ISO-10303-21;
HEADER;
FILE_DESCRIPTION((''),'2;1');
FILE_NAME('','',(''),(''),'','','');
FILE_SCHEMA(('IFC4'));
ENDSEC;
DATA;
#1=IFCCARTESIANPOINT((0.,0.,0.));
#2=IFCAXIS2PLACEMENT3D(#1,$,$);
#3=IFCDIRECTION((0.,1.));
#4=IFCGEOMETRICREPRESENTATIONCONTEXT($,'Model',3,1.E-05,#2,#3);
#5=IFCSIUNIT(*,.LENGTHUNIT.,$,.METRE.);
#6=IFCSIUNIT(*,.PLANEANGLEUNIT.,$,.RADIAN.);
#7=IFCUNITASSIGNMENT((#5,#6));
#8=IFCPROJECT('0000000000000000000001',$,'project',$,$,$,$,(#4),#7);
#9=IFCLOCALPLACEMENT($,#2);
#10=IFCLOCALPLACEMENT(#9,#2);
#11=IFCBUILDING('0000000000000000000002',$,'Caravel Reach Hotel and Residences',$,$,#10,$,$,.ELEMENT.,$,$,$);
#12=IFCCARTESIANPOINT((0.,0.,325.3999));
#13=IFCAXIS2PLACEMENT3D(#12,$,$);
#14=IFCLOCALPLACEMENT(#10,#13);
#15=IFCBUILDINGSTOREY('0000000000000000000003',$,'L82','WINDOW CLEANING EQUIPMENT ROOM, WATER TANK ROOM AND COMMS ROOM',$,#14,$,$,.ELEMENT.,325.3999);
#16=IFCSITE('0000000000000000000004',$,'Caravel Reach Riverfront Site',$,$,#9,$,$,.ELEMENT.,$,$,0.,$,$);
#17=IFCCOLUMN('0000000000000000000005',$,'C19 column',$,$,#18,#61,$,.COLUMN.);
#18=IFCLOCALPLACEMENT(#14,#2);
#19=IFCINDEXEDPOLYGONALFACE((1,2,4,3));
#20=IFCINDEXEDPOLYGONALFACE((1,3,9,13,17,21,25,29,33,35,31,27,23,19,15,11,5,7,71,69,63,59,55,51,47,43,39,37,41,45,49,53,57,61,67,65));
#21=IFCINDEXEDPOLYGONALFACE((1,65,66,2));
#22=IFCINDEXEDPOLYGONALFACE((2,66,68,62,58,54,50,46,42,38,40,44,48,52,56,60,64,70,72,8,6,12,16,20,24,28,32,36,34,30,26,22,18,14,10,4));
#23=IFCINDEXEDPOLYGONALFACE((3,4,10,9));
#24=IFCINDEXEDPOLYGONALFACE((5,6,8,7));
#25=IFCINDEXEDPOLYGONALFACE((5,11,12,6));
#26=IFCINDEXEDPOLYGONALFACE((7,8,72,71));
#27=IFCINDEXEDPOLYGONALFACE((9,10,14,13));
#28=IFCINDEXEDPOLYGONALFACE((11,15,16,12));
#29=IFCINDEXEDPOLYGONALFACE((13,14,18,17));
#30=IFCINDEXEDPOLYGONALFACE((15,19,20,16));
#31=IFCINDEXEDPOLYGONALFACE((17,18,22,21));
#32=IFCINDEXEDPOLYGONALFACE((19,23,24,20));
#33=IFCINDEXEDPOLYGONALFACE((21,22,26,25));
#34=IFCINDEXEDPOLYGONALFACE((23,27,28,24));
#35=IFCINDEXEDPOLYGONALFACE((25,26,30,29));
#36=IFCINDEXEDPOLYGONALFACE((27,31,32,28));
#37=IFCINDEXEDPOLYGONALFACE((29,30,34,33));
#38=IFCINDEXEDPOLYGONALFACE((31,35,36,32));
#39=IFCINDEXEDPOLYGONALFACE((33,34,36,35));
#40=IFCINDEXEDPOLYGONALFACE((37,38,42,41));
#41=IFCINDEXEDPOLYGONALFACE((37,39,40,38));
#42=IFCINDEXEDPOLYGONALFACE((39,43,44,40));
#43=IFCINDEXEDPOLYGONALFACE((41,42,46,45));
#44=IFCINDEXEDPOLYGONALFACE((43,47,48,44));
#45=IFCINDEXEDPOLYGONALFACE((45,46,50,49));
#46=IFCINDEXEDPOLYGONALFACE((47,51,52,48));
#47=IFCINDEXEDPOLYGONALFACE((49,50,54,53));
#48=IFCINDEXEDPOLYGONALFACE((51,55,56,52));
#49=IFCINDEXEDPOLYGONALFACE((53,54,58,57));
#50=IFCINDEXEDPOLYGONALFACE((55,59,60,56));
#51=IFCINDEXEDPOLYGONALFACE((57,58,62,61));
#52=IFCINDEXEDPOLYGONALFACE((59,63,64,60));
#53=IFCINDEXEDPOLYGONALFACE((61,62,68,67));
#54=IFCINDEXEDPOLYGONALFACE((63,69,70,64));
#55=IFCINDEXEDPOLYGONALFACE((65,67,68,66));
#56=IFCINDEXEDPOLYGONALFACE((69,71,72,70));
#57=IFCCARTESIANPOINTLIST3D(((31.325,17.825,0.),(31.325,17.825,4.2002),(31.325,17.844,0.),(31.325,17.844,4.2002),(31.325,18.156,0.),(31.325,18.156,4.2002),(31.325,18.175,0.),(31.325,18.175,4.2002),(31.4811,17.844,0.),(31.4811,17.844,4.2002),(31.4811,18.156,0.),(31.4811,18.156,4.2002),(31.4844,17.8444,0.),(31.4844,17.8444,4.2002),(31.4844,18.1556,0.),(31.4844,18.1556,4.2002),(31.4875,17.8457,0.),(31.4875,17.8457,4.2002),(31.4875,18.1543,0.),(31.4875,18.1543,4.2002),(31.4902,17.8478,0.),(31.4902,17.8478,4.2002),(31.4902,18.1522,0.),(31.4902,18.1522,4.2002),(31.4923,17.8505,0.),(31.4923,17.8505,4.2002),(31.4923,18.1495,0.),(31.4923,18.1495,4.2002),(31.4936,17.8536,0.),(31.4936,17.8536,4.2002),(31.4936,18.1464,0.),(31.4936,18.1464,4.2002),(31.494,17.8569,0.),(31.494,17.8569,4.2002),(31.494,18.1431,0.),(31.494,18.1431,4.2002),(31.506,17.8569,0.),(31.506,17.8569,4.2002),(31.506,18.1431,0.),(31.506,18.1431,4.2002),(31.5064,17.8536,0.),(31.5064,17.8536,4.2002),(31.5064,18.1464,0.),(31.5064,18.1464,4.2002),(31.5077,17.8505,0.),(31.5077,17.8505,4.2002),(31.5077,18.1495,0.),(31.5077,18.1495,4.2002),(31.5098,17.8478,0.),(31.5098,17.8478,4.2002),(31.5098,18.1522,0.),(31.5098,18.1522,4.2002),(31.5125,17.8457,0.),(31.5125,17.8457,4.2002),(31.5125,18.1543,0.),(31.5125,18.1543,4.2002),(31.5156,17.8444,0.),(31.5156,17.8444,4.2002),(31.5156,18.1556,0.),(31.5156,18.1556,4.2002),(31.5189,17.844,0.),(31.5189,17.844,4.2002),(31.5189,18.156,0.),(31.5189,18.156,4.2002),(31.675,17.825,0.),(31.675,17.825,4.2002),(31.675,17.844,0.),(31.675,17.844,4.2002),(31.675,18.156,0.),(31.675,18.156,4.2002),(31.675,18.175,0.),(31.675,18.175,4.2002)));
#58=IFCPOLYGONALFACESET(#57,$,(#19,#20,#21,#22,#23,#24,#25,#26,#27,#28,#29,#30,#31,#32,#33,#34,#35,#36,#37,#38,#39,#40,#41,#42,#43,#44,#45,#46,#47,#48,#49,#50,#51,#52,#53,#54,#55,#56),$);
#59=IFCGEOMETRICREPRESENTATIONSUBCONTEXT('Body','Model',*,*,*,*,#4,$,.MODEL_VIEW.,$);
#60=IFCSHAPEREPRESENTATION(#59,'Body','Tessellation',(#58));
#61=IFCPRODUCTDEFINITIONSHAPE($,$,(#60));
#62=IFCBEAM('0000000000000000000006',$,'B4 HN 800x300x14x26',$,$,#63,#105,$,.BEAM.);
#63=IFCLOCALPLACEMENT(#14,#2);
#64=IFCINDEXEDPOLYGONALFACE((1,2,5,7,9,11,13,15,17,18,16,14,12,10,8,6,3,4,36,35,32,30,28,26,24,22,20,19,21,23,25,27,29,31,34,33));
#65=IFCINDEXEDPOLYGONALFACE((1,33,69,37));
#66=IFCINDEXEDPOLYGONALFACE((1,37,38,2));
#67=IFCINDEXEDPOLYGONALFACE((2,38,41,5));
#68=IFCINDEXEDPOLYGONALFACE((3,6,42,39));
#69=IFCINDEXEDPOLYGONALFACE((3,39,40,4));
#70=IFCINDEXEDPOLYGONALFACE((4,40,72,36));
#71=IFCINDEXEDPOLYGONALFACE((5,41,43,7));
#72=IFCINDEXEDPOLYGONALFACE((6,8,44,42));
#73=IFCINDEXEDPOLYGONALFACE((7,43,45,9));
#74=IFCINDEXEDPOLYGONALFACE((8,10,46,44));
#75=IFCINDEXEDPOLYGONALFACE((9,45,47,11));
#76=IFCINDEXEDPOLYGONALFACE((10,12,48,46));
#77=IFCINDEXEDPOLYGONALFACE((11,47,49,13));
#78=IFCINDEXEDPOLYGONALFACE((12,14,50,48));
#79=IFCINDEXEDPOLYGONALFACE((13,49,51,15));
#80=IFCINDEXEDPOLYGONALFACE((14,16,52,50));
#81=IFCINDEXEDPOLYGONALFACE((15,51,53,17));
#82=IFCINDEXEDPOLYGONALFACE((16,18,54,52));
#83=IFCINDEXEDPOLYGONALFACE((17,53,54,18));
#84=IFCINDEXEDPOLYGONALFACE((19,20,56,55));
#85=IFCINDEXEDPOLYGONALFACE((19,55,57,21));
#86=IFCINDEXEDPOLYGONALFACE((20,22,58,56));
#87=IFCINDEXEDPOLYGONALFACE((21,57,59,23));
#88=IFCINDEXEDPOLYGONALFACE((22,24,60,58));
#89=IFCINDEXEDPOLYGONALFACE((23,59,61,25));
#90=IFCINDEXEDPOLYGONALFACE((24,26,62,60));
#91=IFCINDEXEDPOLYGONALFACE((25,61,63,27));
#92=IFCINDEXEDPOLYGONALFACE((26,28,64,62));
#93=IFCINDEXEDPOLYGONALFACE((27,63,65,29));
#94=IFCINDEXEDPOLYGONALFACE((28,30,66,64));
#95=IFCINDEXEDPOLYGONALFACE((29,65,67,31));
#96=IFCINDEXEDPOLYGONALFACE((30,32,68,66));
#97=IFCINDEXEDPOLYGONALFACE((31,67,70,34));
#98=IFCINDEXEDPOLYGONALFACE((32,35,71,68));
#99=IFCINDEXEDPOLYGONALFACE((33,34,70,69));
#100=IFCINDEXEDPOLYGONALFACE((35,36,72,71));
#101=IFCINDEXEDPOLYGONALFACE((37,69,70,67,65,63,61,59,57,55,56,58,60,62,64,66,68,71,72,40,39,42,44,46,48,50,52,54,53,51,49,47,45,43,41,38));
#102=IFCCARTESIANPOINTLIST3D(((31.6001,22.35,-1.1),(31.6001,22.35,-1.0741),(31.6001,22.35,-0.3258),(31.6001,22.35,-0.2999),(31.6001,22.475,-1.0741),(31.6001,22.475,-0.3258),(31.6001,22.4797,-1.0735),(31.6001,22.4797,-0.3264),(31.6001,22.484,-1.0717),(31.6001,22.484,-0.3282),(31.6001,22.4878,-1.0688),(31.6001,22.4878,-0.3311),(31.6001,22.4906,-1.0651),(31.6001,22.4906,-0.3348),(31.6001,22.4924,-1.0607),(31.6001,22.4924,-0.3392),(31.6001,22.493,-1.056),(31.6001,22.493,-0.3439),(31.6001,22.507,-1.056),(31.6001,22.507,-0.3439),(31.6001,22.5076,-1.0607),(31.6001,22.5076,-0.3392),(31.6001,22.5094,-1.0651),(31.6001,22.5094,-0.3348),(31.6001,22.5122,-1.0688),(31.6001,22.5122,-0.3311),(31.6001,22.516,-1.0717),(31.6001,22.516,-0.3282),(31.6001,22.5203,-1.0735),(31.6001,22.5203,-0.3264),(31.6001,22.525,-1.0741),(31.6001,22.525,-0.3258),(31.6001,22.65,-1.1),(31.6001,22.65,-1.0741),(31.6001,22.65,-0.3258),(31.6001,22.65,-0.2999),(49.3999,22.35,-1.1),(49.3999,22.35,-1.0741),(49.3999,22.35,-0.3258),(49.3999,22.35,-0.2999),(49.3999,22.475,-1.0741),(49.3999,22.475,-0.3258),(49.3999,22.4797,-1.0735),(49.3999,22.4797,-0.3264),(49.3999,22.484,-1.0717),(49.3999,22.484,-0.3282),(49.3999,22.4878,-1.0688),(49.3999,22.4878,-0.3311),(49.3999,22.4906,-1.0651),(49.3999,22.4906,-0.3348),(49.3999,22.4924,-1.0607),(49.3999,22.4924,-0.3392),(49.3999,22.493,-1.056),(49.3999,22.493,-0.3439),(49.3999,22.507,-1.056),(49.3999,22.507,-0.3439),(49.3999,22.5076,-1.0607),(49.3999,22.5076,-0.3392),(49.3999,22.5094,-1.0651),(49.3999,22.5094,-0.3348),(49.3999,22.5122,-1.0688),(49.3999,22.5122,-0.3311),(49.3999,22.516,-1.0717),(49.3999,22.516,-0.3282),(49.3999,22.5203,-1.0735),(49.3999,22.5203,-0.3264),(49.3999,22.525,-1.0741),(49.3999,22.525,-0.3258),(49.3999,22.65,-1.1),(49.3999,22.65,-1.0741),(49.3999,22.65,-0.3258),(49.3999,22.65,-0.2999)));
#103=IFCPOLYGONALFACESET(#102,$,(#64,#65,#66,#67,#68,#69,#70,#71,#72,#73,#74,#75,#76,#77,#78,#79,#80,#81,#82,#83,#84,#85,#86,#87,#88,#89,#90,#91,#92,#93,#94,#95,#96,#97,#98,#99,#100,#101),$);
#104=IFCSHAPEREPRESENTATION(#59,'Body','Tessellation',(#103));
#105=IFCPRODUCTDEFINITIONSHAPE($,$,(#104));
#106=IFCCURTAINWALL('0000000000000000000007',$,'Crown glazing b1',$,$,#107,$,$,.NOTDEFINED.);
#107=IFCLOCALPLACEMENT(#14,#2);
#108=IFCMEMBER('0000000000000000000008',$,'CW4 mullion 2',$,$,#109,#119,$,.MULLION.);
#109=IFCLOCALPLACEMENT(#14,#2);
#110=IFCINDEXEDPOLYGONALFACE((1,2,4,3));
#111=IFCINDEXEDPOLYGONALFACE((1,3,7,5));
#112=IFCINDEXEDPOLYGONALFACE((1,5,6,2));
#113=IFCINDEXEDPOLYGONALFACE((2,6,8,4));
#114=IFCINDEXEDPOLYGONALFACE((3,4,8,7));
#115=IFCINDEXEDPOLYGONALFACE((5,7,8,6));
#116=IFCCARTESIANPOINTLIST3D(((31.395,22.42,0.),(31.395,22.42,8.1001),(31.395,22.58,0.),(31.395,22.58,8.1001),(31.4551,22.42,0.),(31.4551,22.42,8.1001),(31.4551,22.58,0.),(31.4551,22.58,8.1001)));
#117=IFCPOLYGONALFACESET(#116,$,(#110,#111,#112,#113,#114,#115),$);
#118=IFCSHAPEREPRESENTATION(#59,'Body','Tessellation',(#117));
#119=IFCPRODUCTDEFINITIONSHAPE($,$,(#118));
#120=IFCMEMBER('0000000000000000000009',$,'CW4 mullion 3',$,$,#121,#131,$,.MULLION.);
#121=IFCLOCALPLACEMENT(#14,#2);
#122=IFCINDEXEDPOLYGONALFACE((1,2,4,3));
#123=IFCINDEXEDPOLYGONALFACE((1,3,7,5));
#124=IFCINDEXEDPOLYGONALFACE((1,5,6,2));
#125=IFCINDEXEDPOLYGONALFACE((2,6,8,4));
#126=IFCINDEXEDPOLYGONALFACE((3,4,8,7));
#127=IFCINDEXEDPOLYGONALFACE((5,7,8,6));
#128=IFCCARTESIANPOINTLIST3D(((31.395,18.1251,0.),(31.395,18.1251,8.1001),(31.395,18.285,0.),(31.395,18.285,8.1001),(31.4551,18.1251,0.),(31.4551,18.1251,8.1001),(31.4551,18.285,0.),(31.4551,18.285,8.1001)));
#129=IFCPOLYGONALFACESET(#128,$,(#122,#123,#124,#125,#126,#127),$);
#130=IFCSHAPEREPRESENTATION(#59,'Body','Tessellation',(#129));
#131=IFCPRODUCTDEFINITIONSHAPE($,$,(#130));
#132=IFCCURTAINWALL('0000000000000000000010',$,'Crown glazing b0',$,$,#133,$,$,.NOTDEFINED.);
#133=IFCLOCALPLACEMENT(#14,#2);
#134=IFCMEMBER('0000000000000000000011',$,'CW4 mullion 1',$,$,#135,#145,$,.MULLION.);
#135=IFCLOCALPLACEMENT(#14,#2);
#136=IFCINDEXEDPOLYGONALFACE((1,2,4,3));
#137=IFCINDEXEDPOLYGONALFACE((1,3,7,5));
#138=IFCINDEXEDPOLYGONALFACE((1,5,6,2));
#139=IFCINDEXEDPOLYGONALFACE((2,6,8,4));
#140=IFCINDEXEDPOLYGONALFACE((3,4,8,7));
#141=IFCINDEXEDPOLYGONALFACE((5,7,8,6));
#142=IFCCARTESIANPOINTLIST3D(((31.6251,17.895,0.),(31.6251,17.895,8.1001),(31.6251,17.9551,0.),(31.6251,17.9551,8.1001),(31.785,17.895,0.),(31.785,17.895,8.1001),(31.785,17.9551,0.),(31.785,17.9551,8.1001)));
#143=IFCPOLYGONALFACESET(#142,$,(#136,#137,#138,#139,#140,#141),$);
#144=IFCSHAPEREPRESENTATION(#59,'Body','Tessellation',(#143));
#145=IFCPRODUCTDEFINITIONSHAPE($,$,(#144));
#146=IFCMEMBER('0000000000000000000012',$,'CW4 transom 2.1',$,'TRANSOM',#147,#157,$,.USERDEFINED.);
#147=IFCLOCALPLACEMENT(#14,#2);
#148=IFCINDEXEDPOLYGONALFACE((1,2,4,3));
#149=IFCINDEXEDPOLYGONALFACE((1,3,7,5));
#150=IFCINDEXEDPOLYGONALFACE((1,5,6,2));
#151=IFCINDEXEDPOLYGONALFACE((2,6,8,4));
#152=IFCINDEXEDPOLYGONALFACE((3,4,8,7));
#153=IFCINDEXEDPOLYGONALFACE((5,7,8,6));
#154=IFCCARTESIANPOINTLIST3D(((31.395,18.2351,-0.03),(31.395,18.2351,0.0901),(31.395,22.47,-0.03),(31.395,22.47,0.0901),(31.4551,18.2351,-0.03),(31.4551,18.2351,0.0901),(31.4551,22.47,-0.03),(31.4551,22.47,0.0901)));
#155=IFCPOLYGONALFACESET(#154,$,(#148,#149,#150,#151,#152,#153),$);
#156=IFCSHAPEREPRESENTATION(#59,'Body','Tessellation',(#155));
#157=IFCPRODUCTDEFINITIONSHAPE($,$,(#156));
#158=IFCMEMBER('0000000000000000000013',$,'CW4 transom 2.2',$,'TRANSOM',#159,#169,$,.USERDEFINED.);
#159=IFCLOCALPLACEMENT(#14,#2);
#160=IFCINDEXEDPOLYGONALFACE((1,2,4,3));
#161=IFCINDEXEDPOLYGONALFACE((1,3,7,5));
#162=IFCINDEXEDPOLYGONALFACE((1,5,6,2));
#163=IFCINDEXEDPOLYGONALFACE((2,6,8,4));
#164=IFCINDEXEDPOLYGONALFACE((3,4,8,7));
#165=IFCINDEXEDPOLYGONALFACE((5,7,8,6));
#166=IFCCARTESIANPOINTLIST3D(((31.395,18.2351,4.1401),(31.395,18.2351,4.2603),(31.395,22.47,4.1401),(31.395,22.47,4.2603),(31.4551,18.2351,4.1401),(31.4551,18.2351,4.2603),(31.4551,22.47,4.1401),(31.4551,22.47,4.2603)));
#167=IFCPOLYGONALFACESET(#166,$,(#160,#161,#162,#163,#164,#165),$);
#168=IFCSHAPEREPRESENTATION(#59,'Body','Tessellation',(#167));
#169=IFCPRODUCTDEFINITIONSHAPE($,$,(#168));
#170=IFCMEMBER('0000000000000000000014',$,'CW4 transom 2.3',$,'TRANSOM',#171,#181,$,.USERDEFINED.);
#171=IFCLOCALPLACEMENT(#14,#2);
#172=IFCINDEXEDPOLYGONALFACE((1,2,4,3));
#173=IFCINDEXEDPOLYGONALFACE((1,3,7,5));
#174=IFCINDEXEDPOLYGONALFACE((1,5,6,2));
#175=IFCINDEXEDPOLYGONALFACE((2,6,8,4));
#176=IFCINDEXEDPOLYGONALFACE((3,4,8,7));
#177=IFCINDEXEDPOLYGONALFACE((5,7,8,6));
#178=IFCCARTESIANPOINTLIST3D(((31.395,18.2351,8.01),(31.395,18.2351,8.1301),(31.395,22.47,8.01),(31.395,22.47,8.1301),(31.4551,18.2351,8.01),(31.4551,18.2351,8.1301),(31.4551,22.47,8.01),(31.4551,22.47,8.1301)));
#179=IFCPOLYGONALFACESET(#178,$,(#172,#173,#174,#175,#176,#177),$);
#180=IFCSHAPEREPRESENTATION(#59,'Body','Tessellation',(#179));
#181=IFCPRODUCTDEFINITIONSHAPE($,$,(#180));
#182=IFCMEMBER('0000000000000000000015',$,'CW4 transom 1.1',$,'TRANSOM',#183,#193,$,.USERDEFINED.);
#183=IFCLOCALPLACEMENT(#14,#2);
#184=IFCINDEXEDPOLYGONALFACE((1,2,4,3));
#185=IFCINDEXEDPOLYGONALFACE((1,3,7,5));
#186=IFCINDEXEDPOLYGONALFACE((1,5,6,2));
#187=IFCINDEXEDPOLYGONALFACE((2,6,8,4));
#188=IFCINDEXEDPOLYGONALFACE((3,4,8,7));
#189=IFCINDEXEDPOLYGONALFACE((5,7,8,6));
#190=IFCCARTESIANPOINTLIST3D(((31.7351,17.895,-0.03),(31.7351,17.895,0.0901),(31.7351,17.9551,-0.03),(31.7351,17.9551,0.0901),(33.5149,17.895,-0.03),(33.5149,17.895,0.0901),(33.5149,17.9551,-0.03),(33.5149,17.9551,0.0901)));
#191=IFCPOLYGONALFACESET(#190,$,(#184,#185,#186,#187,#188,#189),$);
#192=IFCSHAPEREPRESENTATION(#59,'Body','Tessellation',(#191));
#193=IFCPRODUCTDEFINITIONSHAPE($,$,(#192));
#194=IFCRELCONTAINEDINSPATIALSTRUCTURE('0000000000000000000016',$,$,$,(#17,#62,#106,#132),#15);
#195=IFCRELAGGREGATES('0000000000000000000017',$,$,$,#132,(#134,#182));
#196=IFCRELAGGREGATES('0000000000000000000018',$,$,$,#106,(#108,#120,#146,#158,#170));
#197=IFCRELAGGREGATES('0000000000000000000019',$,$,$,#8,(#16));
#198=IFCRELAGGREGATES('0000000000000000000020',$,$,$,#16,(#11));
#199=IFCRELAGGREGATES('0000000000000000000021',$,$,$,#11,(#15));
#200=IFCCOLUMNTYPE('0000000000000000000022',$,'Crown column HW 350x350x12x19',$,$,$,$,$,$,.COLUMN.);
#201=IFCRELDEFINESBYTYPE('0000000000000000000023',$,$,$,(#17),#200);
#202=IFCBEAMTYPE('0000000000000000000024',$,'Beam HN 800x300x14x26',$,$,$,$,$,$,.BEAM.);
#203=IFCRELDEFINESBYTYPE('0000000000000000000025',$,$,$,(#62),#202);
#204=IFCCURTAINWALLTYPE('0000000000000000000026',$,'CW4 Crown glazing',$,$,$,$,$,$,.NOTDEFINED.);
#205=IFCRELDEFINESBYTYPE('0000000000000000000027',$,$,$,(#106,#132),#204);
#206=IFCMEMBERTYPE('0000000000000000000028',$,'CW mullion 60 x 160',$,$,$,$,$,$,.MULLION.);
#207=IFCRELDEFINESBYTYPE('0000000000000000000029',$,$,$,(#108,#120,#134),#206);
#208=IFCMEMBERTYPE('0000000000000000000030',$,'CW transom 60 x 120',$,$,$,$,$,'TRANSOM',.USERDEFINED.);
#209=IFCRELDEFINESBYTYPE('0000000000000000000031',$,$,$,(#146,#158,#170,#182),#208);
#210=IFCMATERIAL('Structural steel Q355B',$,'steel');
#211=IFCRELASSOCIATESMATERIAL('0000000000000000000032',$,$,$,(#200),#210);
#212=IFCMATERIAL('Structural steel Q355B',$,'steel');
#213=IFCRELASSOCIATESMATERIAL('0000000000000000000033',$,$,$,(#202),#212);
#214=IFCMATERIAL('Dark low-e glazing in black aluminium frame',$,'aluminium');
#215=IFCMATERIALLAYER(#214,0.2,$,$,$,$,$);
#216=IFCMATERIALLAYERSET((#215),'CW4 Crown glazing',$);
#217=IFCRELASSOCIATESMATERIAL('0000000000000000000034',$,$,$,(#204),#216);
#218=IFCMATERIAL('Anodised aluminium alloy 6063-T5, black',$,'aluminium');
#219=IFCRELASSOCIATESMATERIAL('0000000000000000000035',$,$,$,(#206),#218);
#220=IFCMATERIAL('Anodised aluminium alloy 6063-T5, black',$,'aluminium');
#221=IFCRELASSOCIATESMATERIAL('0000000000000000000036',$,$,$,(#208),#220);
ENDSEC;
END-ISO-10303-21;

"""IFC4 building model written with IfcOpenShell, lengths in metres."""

from ifc_helpers import new_model, si_unit, direction, frame, origin, origin_2d, place, context, subcontext, project, spatial, rectangle, i_section, extrude, material, layer, layer_set, material_profile, profile_set, type_object, element, aggregate, save


model = new_model("IFC4")

# Units and contexts
model_context = context("Model", 3, precision=1e-05, world=origin(), true_north=direction((0.0, 1.0)))
body_context = subcontext(model_context, "Body", "Model", "MODEL_VIEW")
ifc_project = project(units=[si_unit("LENGTHUNIT", "METRE"), si_unit("PLANEANGLEUNIT", "RADIAN")], contexts=[model_context])

# Site, building, storey
site_placement = place(None, origin())
site = spatial("IfcSite", under=ifc_project, at=site_placement, Name="Caravel Reach Riverfront Site", CompositionType="ELEMENT", RefElevation=0.0)
building_placement = place(site_placement, origin())
building = spatial("IfcBuilding", under=site, at=building_placement, Name="Caravel Reach Hotel and Residences", CompositionType="ELEMENT")
storey_placement = place(building_placement, frame((0.0, 0.0, 325.3999)))
storey = spatial("IfcBuildingStorey", under=building, at=storey_placement, Name="L82", Description="WINDOW CLEANING EQUIPMENT ROOM, WATER TANK ROOM AND COMMS ROOM", CompositionType="ELEMENT", Elevation=325.3999)

# Column
ifc_material_1 = material(Name="Structural steel Q355B", Category="steel")
ifc_material_profile_1 = material_profile(ifc_material_1, i_section(OverallWidth=0.3501, OverallDepth=0.3501, WebThickness=0.012, FlangeThickness=0.019, FilletRadius=0.0129, at=origin_2d()), Name="HW 350x350x12x19")
ifc_profile_set_1 = profile_set([ifc_material_profile_1], Name="Structural steel Q355B")
column_type = type_object("IfcColumnType", Name="Crown column HW 350x350x12x19", PredefinedType="COLUMN", material=ifc_profile_set_1)
column_placement = place(storey_placement, frame((31.5, 18.0, 0.0), z_axis=(0.0, 0.0, 1.0), x_axis=(1.0, 0.0, 0.0)))
element("IfcColumn", 1, at=column_placement, inside=storey, type_object=column_type, Name="C19 column", PredefinedType="COLUMN", context=body_context, shape_type="SweptSolid", body=[
    extrude(i_section(OverallWidth=0.3501, OverallDepth=0.3501, WebThickness=0.012, FlangeThickness=0.019, FilletRadius=0.0129, at=origin_2d()), origin(), (0.0, 0.0, 1.0), 4.2002),
])

# Beam
ifc_material_2 = material(Name="Structural steel Q355B", Category="steel")
ifc_material_profile_2 = material_profile(ifc_material_2, i_section(OverallWidth=0.3, OverallDepth=0.8, WebThickness=0.0139, FlangeThickness=0.0259, FilletRadius=0.0181, at=origin_2d()), Name="HN 800x300x14x26")
ifc_profile_set_2 = profile_set([ifc_material_profile_2], Name="Structural steel Q355B")
beam_type_1 = type_object("IfcBeamType", Name="Beam HN 800x300x14x26", PredefinedType="BEAM", material=ifc_profile_set_2)
beam_1_placement = place(storey_placement, frame((31.6001, 22.5, -0.7), z_axis=(1.0, 0.0, 0.0), x_axis=(0.0, 1.0, 0.0)))
element("IfcBeam", 2, at=beam_1_placement, inside=storey, type_object=beam_type_1, Name="B4 HN 800x300x14x26", PredefinedType="BEAM", context=body_context, shape_type="SweptSolid", body=[
    extrude(i_section(OverallWidth=0.3, OverallDepth=0.8, WebThickness=0.0139, FlangeThickness=0.0259, FilletRadius=0.0181, at=origin_2d()), origin(), (0.0, 0.0, 1.0), 17.7998),
])

# Curtain wall, members
ifc_material_3 = material(Name="Dark low-e glazing in black aluminium frame", Category="aluminium")
ifc_layer_1 = layer(ifc_material_3, 0.2)
ifc_layer_set_1 = layer_set([ifc_layer_1], Name="CW4 Crown glazing")
curtain_wall_type = type_object("IfcCurtainWallType", Name="CW4 Crown glazing", PredefinedType="NOTDEFINED", material=ifc_layer_set_1)
curtain_wall_1_placement = place(storey_placement, origin())
curtain_wall_1 = element("IfcCurtainWall", 3, at=curtain_wall_1_placement, inside=storey, type_object=curtain_wall_type, Name="Crown glazing b1", PredefinedType="NOTDEFINED")
ifc_material_4 = material(Name="Anodised aluminium alloy 6063-T5, black", Category="aluminium")
ifc_material_profile_3 = material_profile(ifc_material_4, rectangle(XDim=0.0601, YDim=0.1599, at=origin_2d()), Name="CW mullion 60 x 160")
ifc_profile_set_3 = profile_set([ifc_material_profile_3], Name="Anodised aluminium alloy 6063-T5, black")
member_type_1 = type_object("IfcMemberType", Name="CW mullion 60 x 160", PredefinedType="MULLION", material=ifc_profile_set_3)
member_1_placement = place(storey_placement, frame((31.425, 22.5, 0.0), z_axis=(0.0, 0.0, 1.0), x_axis=(1.0, 0.0, 0.0)))
member_1 = element("IfcMember", 4, at=member_1_placement, type_object=member_type_1, Name="CW4 mullion 2", PredefinedType="MULLION", context=body_context, shape_type="SweptSolid", body=[
    extrude(rectangle(XDim=0.0601, YDim=0.1599, at=origin_2d()), origin(), (0.0, 0.0, 1.0), 8.1001),
])
member_2_placement = place(storey_placement, frame((31.425, 18.2051, 0.0), z_axis=(0.0, 0.0, 1.0), x_axis=(1.0, 0.0, 0.0)))
member_2 = element("IfcMember", 5, at=member_2_placement, type_object=member_type_1, Name="CW4 mullion 3", PredefinedType="MULLION", context=body_context, shape_type="SweptSolid", body=[
    extrude(rectangle(XDim=0.0601, YDim=0.1599, at=origin_2d()), origin(), (0.0, 0.0, 1.0), 8.1001),
])

# Curtain wall, member
curtain_wall_2_placement = place(storey_placement, origin())
curtain_wall_2 = element("IfcCurtainWall", 6, at=curtain_wall_2_placement, inside=storey, type_object=curtain_wall_type, Name="Crown glazing b0", PredefinedType="NOTDEFINED")
member_3_placement = place(storey_placement, frame((31.7051, 17.925, 0.0), z_axis=(0.0, 0.0, 1.0), x_axis=(0.0, 1.0, 0.0)))
member_3 = element("IfcMember", 7, at=member_3_placement, type_object=member_type_1, Name="CW4 mullion 1", PredefinedType="MULLION", context=body_context, shape_type="SweptSolid", body=[
    extrude(rectangle(XDim=0.0601, YDim=0.1599, at=origin_2d()), origin(), (0.0, 0.0, 1.0), 8.1001),
])

# Members
ifc_material_5 = material(Name="Anodised aluminium alloy 6063-T5, black", Category="aluminium")
ifc_material_profile_4 = material_profile(ifc_material_5, rectangle(XDim=0.0601, YDim=0.1201, at=origin_2d()), Name="CW transom 60 x 120")
ifc_profile_set_4 = profile_set([ifc_material_profile_4], Name="Anodised aluminium alloy 6063-T5, black")
member_type_2 = type_object("IfcMemberType", Name="CW transom 60 x 120", ElementType="TRANSOM", PredefinedType="USERDEFINED", material=ifc_profile_set_4)
member_4_placement = place(storey_placement, frame((31.425, 22.47, 0.03), z_axis=(0.0, -1.0, 0.0), x_axis=(1.0, 0.0, 0.0)))
member_4 = element("IfcMember", 8, at=member_4_placement, type_object=member_type_2, Name="CW4 transom 2.1", ObjectType="TRANSOM", PredefinedType="USERDEFINED", context=body_context, shape_type="SweptSolid", body=[
    extrude(rectangle(XDim=0.0601, YDim=0.1201, at=origin_2d()), origin(), (0.0, 0.0, 1.0), 4.2349),
])
member_5_placement = place(storey_placement, frame((31.425, 22.47, 4.2002), z_axis=(0.0, -1.0, 0.0), x_axis=(1.0, 0.0, 0.0)))
member_5 = element("IfcMember", 9, at=member_5_placement, type_object=member_type_2, Name="CW4 transom 2.2", ObjectType="TRANSOM", PredefinedType="USERDEFINED", context=body_context, shape_type="SweptSolid", body=[
    extrude(rectangle(XDim=0.0601, YDim=0.1201, at=origin_2d()), origin(), (0.0, 0.0, 1.0), 4.2349),
])
member_6_placement = place(storey_placement, frame((31.425, 22.47, 8.0701), z_axis=(0.0, -1.0, 0.0), x_axis=(1.0, 0.0, 0.0)))
member_6 = element("IfcMember", 10, at=member_6_placement, type_object=member_type_2, Name="CW4 transom 2.3", ObjectType="TRANSOM", PredefinedType="USERDEFINED", context=body_context, shape_type="SweptSolid", body=[
    extrude(rectangle(XDim=0.0601, YDim=0.1201, at=origin_2d()), origin(), (0.0, 0.0, 1.0), 4.2349),
])
member_7_placement = place(storey_placement, frame((31.7351, 17.925, 0.03), z_axis=(1.0, 0.0, 0.0), x_axis=(0.0, 1.0, 0.0)))
member_7 = element("IfcMember", 11, at=member_7_placement, type_object=member_type_2, Name="CW4 transom 1.1", ObjectType="TRANSOM", PredefinedType="USERDEFINED", context=body_context, shape_type="SweptSolid", body=[
    extrude(rectangle(XDim=0.0601, YDim=0.1201, at=origin_2d()), origin(), (0.0, 0.0, 1.0), 1.7798),
])
aggregate(curtain_wall_2, [member_3, member_7])

aggregate(curtain_wall_1, [member_1, member_2, member_4, member_5, member_6])

save(model, "model.ifc")
